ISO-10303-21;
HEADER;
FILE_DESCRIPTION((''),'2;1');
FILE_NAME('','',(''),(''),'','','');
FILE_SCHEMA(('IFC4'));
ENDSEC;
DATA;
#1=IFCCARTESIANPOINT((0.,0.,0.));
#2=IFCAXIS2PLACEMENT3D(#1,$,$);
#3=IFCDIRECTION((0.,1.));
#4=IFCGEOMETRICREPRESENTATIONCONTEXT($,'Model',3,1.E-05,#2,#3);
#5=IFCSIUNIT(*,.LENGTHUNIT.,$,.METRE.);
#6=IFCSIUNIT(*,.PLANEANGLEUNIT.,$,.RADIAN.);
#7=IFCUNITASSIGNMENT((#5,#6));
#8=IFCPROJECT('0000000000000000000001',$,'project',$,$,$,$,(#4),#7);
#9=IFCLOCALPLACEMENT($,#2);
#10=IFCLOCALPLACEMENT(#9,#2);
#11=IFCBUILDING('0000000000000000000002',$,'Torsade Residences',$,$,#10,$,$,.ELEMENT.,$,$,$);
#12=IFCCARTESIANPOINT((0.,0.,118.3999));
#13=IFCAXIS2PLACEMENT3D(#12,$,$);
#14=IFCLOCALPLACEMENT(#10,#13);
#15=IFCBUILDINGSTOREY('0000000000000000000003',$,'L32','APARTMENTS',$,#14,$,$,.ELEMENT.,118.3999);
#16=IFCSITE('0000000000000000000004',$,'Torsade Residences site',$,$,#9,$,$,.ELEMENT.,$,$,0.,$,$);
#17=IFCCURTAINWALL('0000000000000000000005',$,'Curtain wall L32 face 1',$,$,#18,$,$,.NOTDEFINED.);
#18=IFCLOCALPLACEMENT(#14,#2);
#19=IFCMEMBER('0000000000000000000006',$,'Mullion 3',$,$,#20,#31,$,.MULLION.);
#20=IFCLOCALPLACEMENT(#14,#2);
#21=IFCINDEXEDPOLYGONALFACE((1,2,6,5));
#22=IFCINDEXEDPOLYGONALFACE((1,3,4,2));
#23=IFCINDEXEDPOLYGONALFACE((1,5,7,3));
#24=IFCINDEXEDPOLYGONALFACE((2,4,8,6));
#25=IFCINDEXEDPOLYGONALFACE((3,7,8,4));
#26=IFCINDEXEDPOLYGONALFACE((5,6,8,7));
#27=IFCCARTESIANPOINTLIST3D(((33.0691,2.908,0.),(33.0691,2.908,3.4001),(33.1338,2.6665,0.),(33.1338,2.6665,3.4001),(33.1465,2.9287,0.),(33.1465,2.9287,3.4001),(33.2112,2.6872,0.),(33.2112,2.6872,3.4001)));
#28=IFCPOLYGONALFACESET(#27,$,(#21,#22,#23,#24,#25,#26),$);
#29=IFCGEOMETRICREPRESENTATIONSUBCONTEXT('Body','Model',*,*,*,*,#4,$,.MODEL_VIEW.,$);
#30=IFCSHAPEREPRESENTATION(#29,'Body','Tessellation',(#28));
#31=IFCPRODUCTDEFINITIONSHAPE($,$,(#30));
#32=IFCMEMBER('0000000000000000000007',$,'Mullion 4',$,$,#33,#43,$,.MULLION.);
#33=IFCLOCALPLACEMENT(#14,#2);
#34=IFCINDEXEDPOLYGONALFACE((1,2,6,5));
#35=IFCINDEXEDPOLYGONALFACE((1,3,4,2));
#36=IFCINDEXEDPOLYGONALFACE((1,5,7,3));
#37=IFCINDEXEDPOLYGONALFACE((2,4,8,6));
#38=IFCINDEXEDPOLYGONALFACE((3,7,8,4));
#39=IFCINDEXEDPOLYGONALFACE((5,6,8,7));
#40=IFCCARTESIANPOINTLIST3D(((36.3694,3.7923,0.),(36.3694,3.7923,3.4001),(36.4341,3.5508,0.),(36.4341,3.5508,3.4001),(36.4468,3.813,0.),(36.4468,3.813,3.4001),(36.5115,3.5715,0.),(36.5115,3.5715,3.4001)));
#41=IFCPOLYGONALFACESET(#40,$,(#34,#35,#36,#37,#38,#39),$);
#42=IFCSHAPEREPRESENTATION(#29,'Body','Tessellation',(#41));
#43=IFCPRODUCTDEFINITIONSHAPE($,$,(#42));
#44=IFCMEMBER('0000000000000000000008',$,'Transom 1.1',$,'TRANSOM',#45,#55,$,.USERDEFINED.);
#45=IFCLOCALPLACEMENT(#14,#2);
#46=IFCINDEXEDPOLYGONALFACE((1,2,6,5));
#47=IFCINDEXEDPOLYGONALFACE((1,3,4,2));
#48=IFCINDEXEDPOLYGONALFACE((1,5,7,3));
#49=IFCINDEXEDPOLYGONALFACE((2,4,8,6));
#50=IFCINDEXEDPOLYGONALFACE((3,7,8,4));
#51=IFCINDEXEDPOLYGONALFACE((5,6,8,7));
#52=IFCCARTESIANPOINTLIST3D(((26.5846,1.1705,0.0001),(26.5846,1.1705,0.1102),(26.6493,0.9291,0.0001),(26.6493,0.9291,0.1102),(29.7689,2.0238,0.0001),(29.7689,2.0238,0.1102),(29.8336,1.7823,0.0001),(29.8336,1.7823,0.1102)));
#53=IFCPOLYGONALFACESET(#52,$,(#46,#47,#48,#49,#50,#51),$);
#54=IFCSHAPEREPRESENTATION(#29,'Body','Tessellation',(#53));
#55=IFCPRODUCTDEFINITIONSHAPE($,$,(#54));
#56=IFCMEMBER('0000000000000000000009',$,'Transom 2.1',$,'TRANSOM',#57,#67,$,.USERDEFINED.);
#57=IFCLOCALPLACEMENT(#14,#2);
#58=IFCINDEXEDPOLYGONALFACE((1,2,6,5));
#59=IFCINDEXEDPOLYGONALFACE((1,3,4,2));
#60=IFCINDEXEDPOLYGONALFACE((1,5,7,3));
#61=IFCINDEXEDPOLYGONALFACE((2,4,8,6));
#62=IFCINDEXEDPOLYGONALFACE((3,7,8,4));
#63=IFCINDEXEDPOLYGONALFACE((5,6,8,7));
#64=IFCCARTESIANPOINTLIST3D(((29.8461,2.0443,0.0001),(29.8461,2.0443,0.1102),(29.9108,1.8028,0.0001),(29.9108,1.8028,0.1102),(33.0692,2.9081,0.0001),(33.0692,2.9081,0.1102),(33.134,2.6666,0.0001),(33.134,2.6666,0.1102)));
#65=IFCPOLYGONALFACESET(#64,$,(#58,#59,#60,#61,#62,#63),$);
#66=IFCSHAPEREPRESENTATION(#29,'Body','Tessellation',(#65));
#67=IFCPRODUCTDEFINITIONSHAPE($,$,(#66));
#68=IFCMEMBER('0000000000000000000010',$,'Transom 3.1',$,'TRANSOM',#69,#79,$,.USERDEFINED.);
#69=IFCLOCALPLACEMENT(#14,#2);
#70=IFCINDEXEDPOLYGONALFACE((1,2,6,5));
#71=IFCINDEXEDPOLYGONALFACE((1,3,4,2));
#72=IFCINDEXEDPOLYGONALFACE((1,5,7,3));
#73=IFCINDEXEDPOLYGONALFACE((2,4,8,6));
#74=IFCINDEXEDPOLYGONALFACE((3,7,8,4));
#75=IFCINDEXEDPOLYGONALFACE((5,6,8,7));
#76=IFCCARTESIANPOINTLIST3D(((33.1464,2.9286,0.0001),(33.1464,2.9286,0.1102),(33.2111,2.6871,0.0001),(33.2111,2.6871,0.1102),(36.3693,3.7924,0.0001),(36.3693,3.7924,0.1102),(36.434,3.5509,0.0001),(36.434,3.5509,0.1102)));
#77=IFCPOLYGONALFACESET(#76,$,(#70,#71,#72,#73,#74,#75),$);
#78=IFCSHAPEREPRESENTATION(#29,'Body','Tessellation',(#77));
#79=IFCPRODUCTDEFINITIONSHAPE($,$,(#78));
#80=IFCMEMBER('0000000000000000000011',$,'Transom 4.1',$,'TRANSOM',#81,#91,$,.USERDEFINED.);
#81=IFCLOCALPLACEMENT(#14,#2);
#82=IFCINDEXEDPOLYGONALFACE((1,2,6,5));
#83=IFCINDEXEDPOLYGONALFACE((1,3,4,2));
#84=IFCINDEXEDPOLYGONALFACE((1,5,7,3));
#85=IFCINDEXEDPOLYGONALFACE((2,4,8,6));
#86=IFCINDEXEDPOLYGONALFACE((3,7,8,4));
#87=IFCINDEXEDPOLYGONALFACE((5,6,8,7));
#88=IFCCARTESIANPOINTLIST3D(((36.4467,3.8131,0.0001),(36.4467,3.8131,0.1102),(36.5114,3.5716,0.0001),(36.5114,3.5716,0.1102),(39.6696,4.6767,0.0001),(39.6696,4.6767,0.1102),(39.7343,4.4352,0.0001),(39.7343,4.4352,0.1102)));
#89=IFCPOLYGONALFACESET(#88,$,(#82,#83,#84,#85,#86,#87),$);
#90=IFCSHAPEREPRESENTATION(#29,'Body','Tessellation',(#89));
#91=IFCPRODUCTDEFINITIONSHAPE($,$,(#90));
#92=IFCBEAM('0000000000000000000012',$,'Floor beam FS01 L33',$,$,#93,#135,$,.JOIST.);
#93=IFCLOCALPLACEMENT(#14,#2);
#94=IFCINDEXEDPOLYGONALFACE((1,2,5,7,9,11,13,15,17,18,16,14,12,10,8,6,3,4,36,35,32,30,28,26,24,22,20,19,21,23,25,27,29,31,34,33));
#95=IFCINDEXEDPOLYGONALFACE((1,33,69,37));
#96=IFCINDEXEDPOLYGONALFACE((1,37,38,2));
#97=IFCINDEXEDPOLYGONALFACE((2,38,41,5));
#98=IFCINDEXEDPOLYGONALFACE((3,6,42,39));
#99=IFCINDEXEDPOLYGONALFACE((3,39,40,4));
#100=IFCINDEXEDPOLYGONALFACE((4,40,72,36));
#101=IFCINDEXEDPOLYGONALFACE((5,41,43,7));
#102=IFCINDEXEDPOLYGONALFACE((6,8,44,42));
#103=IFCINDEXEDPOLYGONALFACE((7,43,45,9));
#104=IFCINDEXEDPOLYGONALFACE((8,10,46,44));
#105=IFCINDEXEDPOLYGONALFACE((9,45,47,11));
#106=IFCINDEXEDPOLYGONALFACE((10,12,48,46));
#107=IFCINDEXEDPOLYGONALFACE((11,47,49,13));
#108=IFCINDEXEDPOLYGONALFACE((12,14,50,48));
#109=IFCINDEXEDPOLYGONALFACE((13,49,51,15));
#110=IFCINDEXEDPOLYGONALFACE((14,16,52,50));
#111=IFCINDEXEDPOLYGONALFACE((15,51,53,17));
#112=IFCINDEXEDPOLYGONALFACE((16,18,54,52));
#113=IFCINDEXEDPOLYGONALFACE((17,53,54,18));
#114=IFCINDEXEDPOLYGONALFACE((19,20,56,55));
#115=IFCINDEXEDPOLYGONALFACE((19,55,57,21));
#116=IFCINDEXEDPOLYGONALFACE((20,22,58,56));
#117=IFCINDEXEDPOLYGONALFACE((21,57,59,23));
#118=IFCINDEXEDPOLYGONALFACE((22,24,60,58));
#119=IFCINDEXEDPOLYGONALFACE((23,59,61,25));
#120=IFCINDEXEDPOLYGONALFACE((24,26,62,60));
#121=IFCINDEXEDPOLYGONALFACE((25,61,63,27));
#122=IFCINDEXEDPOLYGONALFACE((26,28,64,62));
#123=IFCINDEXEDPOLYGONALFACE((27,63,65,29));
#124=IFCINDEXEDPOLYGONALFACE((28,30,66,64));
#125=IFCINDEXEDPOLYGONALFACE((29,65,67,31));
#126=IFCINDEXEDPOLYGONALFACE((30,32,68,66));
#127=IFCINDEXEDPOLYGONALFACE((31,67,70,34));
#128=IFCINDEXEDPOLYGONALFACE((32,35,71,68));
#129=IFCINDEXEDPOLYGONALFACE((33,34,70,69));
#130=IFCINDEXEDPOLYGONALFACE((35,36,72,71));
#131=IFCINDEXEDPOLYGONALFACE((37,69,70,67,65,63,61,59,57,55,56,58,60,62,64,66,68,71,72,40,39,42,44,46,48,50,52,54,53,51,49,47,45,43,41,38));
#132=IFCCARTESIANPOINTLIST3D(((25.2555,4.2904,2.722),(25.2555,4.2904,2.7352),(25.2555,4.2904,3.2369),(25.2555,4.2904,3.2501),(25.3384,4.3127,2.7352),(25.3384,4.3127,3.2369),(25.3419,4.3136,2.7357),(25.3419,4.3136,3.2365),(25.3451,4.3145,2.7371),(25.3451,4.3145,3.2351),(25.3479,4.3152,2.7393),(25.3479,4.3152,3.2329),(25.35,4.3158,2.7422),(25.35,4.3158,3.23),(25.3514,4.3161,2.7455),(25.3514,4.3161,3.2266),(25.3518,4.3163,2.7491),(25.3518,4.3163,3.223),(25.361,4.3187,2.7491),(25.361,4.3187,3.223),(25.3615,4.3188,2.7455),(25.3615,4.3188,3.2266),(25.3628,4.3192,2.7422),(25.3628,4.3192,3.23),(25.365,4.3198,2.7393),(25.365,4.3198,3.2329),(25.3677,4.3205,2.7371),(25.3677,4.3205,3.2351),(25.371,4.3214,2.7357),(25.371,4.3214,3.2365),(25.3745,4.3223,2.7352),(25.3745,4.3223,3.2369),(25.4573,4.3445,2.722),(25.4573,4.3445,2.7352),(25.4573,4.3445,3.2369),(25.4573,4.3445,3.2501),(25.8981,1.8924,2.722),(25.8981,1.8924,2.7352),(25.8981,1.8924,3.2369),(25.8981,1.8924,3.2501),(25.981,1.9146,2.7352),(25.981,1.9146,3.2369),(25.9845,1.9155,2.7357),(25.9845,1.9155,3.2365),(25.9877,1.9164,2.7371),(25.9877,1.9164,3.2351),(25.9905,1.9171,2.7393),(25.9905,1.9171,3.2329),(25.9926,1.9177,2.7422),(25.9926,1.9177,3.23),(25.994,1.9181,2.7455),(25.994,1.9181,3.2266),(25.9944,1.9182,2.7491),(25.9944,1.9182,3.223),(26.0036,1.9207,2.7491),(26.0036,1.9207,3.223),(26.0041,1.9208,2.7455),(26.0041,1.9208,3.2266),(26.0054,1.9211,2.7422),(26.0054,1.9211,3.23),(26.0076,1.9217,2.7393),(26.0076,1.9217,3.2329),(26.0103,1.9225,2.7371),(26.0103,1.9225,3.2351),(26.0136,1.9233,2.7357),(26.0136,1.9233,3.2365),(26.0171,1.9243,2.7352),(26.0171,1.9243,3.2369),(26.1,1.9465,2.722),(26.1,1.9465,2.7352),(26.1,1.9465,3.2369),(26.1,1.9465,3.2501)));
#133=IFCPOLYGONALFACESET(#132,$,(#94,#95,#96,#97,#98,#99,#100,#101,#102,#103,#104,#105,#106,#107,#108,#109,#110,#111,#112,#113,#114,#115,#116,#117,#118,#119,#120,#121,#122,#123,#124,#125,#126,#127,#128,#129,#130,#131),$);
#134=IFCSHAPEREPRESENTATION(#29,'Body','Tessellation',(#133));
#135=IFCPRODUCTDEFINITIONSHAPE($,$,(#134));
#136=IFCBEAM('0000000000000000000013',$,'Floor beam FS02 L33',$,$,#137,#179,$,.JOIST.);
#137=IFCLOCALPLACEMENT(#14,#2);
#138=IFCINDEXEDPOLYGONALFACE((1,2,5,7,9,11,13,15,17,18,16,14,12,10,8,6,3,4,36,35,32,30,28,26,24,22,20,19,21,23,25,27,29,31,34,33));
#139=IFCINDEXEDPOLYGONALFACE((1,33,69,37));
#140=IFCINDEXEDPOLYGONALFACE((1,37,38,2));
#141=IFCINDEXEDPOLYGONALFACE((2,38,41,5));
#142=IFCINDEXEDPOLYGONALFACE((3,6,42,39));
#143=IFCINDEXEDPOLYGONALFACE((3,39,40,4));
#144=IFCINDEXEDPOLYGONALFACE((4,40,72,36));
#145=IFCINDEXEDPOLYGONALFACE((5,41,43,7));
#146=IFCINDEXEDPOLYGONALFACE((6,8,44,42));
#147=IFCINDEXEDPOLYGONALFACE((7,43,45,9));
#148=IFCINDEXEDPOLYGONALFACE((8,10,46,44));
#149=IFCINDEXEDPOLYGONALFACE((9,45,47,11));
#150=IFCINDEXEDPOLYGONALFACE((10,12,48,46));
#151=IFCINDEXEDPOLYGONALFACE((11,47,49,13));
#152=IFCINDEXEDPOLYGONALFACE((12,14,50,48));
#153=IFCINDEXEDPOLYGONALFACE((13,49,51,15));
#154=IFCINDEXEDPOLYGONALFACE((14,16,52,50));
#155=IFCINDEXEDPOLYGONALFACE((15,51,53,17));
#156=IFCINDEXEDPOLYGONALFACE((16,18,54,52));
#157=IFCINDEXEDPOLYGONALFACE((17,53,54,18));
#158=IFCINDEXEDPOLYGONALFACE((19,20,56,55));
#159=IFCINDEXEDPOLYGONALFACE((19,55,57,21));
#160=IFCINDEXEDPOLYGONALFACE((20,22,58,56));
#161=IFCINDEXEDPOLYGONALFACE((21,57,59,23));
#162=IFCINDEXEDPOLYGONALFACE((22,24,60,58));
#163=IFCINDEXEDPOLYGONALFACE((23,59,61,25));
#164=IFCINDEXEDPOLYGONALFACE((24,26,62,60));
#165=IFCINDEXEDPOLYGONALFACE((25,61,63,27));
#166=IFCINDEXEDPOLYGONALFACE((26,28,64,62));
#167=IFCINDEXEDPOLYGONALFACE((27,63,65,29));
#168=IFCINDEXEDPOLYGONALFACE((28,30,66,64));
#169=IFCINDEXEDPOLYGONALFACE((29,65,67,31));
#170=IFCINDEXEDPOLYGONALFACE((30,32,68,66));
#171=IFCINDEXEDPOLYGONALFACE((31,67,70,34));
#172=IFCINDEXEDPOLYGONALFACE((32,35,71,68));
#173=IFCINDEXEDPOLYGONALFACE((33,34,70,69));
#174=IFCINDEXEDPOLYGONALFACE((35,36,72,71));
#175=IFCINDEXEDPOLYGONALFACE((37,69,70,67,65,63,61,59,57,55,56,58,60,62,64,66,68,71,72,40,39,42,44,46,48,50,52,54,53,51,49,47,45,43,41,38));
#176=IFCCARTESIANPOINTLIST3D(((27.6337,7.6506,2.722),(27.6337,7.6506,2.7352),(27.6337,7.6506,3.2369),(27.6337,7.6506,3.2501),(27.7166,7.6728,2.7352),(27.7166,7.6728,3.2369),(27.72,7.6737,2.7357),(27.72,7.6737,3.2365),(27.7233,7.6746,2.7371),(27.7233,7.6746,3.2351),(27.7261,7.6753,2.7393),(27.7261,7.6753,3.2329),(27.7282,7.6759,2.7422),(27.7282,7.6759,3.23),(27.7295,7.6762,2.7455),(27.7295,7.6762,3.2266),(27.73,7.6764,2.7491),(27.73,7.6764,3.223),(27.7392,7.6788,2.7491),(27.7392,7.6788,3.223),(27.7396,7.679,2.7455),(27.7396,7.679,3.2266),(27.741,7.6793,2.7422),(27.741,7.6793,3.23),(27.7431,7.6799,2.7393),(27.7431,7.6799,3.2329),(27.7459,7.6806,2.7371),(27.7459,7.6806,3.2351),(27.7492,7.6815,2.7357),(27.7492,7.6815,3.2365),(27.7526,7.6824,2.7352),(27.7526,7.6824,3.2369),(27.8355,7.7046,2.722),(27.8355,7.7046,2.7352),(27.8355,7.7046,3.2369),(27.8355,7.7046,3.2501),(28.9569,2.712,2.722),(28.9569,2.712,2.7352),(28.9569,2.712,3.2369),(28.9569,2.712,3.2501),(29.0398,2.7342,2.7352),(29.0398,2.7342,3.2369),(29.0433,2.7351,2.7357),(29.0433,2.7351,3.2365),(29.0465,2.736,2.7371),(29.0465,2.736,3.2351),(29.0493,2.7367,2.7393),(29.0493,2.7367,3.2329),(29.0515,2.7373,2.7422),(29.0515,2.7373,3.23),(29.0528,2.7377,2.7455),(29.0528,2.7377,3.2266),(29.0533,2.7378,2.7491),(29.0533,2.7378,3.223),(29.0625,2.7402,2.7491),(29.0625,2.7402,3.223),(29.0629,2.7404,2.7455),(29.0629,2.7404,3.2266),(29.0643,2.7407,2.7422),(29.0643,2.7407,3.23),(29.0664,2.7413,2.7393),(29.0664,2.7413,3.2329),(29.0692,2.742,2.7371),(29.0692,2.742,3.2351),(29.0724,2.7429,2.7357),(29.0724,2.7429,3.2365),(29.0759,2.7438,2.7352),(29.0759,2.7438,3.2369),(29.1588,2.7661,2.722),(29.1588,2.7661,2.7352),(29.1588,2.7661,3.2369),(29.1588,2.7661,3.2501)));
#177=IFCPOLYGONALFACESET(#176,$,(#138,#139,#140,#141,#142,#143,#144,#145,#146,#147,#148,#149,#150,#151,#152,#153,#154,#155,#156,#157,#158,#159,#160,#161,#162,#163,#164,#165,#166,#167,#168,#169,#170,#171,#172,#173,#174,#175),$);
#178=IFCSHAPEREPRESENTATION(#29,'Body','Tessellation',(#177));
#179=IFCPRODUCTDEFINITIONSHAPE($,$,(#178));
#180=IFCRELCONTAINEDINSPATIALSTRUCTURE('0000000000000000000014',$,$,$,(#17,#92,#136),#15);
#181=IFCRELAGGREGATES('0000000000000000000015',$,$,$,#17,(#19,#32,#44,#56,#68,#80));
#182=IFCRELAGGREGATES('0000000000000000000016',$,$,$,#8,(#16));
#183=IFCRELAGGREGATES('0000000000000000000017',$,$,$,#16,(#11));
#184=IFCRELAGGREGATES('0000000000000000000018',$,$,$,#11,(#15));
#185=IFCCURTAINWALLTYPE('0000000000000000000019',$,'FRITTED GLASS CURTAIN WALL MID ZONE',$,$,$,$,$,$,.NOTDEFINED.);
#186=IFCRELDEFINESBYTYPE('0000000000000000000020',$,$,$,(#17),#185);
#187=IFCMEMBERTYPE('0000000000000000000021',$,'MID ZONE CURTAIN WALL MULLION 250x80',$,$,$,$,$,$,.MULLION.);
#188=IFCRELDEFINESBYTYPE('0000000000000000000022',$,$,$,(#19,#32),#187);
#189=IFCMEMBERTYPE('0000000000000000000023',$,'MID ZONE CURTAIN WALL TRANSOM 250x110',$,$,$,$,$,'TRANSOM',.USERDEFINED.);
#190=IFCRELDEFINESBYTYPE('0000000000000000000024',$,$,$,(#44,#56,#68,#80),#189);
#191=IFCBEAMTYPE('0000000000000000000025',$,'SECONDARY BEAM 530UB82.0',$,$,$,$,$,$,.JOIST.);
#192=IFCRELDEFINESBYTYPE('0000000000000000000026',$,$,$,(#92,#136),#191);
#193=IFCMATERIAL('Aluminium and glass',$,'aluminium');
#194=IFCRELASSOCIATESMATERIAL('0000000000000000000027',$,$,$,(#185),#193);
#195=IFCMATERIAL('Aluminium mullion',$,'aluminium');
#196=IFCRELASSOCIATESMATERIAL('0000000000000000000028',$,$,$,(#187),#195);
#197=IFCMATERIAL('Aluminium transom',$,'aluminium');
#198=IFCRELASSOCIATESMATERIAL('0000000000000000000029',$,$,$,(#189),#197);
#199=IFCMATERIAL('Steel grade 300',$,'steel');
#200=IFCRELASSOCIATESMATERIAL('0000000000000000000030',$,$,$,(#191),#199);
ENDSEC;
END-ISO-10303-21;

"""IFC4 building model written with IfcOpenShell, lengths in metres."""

from ifc_helpers import new_model, si_unit, direction, frame, origin, origin_2d, place, context, subcontext, project, spatial, rectangle, i_section, extrude, material, material_profile, profile_set, type_object, element, aggregate, save


model = new_model("IFC4")

# Units and contexts
model_context = context("Model", 3, precision=1e-05, world=origin(), true_north=direction((0.0, 1.0)))
body_context = subcontext(model_context, "Body", "Model", "MODEL_VIEW")
ifc_project = project(units=[si_unit("LENGTHUNIT", "METRE"), si_unit("PLANEANGLEUNIT", "RADIAN")], contexts=[model_context])

# Site, building, storey
site_placement = place(None, origin())
site = spatial("IfcSite", under=ifc_project, at=site_placement, Name="Torsade Residences site", CompositionType="ELEMENT", RefElevation=0.0)
building_placement = place(site_placement, origin())
building = spatial("IfcBuilding", under=site, at=building_placement, Name="Torsade Residences", CompositionType="ELEMENT")
storey_placement = place(building_placement, frame((0.0, 0.0, 118.3999)))
storey = spatial("IfcBuildingStorey", under=building, at=storey_placement, Name="L32", Description="APARTMENTS", CompositionType="ELEMENT", Elevation=118.3999)

# Curtain wall, members
ifc_material_1 = material(Name="Aluminium and glass", Category="aluminium")
curtain_wall_type = type_object("IfcCurtainWallType", Name="FRITTED GLASS CURTAIN WALL MID ZONE", PredefinedType="NOTDEFINED", material=ifc_material_1)
curtain_wall_placement = place(storey_placement, origin())
curtain_wall = element("IfcCurtainWall", 1, at=curtain_wall_placement, inside=storey, type_object=curtain_wall_type, Name="Curtain wall L32 face 1", PredefinedType="NOTDEFINED")
ifc_material_2 = material(Name="Aluminium mullion", Category="aluminium")
ifc_material_profile_1 = material_profile(ifc_material_2, rectangle(XDim=0.25, YDim=0.0801, at=origin_2d()), Name="MID ZONE CURTAIN WALL MULLION 250x80")
ifc_profile_set_1 = profile_set([ifc_material_profile_1], Name="Aluminium mullion")
member_type_1 = type_object("IfcMemberType", Name="MID ZONE CURTAIN WALL MULLION 250x80", PredefinedType="MULLION", material=ifc_profile_set_1)
member_1_placement = place(storey_placement, frame((33.1401, 2.7976, 0.0), z_axis=(0.0, 0.0, 1.0), x_axis=(-0.258819, 0.965926, 0.0)))
member_1 = element("IfcMember", 2, at=member_1_placement, type_object=member_type_1, Name="Mullion 3", PredefinedType="MULLION", context=body_context, shape_type="SweptSolid", body=[
    extrude(rectangle(XDim=0.25, YDim=0.0801, at=origin_2d()), origin(), (0.0, 0.0, 1.0), 3.4001),
])
member_2_placement = place(storey_placement, frame((36.4404, 3.6819, 0.0), z_axis=(0.0, 0.0, 1.0), x_axis=(-0.258819, 0.965926, 0.0)))
member_2 = element("IfcMember", 3, at=member_2_placement, type_object=member_type_1, Name="Mullion 4", PredefinedType="MULLION", context=body_context, shape_type="SweptSolid", body=[
    extrude(rectangle(XDim=0.25, YDim=0.0801, at=origin_2d()), origin(), (0.0, 0.0, 1.0), 3.4001),
])
ifc_material_3 = material(Name="Aluminium transom", Category="aluminium")
ifc_material_profile_2 = material_profile(ifc_material_3, rectangle(XDim=0.25, YDim=0.1101, at=origin_2d()), Name="MID ZONE CURTAIN WALL TRANSOM 250x110")
ifc_profile_set_2 = profile_set([ifc_material_profile_2], Name="Aluminium transom")
member_type_2 = type_object("IfcMemberType", Name="MID ZONE CURTAIN WALL TRANSOM 250x110", ElementType="TRANSOM", PredefinedType="USERDEFINED", material=ifc_profile_set_2)
member_3_placement = place(storey_placement, frame((26.6169, 1.0498, 0.0552), z_axis=(0.965923, 0.258829, 0.0), x_axis=(-0.258829, 0.965923, 0.0)))
member_3 = element("IfcMember", 4, at=member_3_placement, type_object=member_type_2, Name="Transom 1.1", ObjectType="TRANSOM", PredefinedType="USERDEFINED", context=body_context, shape_type="SweptSolid", body=[
    extrude(rectangle(XDim=0.25, YDim=0.1101, at=origin_2d()), origin(), (0.0, 0.0, 1.0), 3.2966),
])
member_4_placement = place(storey_placement, frame((29.8784, 1.9236, 0.0552), z_axis=(0.965916, 0.258856, 0.0), x_axis=(-0.258856, 0.965916, 0.0)))
member_4 = element("IfcMember", 5, at=member_4_placement, type_object=member_type_2, Name="Transom 2.1", ObjectType="TRANSOM", PredefinedType="USERDEFINED", context=body_context, shape_type="SweptSolid", body=[
    extrude(rectangle(XDim=0.25, YDim=0.1101, at=origin_2d()), origin(), (0.0, 0.0, 1.0), 3.3369),
])
member_5_placement = place(storey_placement, frame((33.1787, 2.8079, 0.0552), z_axis=(0.965911, 0.258874, 0.0), x_axis=(-0.258874, 0.965911, 0.0)))
member_5 = element("IfcMember", 6, at=member_5_placement, type_object=member_type_2, Name="Transom 3.1", ObjectType="TRANSOM", PredefinedType="USERDEFINED", context=body_context, shape_type="SweptSolid", body=[
    extrude(rectangle(XDim=0.25, YDim=0.1101, at=origin_2d()), origin(), (0.0, 0.0, 1.0), 3.3367),
])
member_6_placement = place(storey_placement, frame((36.479, 3.6924, 0.0552), z_axis=(0.965929, 0.258806, 0.0), x_axis=(-0.258806, 0.965929, 0.0)))
member_6 = element("IfcMember", 7, at=member_6_placement, type_object=member_type_2, Name="Transom 4.1", ObjectType="TRANSOM", PredefinedType="USERDEFINED", context=body_context, shape_type="SweptSolid", body=[
    extrude(rectangle(XDim=0.25, YDim=0.1101, at=origin_2d()), origin(), (0.0, 0.0, 1.0), 3.3367),
])

# Beams
ifc_material_4 = material(Name="Steel grade 300", Category="steel")
ifc_material_profile_3 = material_profile(ifc_material_4, i_section(OverallWidth=0.209, OverallDepth=0.5281, WebThickness=0.0095, FlangeThickness=0.0132, FilletRadius=0.0139, at=origin_2d()), Name="530UB82.0")
ifc_profile_set_3 = profile_set([ifc_material_profile_3], Name="Steel grade 300")
beam_type_1 = type_object("IfcBeamType", Name="SECONDARY BEAM 530UB82.0", PredefinedType="JOIST", material=ifc_profile_set_3)
beam_1_placement = place(storey_placement, frame((25.999, 1.9194, 2.9861), z_axis=(-0.258838, 0.965921, 0.0), x_axis=(-0.965921, -0.258838, 0.0)))
element("IfcBeam", 8, at=beam_1_placement, inside=storey, type_object=beam_type_1, Name="Floor beam FS01 L33", PredefinedType="JOIST", context=body_context, shape_type="SweptSolid", body=[
    extrude(i_section(OverallWidth=0.209, OverallDepth=0.5281, WebThickness=0.0095, FlangeThickness=0.0132, FilletRadius=0.0139, at=origin_2d()), origin(), (0.0, 0.0, 1.0), 2.4827),
])
beam_2_placement = place(storey_placement, frame((29.0579, 2.739, 2.9861), z_axis=(-0.258816, 0.965927, 0.0), x_axis=(-0.965927, -0.258816, 0.0)))
element("IfcBeam", 9, at=beam_2_placement, inside=storey, type_object=beam_type_1, Name="Floor beam FS02 L33", PredefinedType="JOIST", context=body_context, shape_type="SweptSolid", body=[
    extrude(i_section(OverallWidth=0.209, OverallDepth=0.5281, WebThickness=0.0095, FlangeThickness=0.0132, FilletRadius=0.0139, at=origin_2d()), origin(), (0.0, 0.0, 1.0), 5.1128),
])

aggregate(curtain_wall, [member_1, member_2, member_3, member_4, member_5, member_6])

save(model, "model.ifc")
